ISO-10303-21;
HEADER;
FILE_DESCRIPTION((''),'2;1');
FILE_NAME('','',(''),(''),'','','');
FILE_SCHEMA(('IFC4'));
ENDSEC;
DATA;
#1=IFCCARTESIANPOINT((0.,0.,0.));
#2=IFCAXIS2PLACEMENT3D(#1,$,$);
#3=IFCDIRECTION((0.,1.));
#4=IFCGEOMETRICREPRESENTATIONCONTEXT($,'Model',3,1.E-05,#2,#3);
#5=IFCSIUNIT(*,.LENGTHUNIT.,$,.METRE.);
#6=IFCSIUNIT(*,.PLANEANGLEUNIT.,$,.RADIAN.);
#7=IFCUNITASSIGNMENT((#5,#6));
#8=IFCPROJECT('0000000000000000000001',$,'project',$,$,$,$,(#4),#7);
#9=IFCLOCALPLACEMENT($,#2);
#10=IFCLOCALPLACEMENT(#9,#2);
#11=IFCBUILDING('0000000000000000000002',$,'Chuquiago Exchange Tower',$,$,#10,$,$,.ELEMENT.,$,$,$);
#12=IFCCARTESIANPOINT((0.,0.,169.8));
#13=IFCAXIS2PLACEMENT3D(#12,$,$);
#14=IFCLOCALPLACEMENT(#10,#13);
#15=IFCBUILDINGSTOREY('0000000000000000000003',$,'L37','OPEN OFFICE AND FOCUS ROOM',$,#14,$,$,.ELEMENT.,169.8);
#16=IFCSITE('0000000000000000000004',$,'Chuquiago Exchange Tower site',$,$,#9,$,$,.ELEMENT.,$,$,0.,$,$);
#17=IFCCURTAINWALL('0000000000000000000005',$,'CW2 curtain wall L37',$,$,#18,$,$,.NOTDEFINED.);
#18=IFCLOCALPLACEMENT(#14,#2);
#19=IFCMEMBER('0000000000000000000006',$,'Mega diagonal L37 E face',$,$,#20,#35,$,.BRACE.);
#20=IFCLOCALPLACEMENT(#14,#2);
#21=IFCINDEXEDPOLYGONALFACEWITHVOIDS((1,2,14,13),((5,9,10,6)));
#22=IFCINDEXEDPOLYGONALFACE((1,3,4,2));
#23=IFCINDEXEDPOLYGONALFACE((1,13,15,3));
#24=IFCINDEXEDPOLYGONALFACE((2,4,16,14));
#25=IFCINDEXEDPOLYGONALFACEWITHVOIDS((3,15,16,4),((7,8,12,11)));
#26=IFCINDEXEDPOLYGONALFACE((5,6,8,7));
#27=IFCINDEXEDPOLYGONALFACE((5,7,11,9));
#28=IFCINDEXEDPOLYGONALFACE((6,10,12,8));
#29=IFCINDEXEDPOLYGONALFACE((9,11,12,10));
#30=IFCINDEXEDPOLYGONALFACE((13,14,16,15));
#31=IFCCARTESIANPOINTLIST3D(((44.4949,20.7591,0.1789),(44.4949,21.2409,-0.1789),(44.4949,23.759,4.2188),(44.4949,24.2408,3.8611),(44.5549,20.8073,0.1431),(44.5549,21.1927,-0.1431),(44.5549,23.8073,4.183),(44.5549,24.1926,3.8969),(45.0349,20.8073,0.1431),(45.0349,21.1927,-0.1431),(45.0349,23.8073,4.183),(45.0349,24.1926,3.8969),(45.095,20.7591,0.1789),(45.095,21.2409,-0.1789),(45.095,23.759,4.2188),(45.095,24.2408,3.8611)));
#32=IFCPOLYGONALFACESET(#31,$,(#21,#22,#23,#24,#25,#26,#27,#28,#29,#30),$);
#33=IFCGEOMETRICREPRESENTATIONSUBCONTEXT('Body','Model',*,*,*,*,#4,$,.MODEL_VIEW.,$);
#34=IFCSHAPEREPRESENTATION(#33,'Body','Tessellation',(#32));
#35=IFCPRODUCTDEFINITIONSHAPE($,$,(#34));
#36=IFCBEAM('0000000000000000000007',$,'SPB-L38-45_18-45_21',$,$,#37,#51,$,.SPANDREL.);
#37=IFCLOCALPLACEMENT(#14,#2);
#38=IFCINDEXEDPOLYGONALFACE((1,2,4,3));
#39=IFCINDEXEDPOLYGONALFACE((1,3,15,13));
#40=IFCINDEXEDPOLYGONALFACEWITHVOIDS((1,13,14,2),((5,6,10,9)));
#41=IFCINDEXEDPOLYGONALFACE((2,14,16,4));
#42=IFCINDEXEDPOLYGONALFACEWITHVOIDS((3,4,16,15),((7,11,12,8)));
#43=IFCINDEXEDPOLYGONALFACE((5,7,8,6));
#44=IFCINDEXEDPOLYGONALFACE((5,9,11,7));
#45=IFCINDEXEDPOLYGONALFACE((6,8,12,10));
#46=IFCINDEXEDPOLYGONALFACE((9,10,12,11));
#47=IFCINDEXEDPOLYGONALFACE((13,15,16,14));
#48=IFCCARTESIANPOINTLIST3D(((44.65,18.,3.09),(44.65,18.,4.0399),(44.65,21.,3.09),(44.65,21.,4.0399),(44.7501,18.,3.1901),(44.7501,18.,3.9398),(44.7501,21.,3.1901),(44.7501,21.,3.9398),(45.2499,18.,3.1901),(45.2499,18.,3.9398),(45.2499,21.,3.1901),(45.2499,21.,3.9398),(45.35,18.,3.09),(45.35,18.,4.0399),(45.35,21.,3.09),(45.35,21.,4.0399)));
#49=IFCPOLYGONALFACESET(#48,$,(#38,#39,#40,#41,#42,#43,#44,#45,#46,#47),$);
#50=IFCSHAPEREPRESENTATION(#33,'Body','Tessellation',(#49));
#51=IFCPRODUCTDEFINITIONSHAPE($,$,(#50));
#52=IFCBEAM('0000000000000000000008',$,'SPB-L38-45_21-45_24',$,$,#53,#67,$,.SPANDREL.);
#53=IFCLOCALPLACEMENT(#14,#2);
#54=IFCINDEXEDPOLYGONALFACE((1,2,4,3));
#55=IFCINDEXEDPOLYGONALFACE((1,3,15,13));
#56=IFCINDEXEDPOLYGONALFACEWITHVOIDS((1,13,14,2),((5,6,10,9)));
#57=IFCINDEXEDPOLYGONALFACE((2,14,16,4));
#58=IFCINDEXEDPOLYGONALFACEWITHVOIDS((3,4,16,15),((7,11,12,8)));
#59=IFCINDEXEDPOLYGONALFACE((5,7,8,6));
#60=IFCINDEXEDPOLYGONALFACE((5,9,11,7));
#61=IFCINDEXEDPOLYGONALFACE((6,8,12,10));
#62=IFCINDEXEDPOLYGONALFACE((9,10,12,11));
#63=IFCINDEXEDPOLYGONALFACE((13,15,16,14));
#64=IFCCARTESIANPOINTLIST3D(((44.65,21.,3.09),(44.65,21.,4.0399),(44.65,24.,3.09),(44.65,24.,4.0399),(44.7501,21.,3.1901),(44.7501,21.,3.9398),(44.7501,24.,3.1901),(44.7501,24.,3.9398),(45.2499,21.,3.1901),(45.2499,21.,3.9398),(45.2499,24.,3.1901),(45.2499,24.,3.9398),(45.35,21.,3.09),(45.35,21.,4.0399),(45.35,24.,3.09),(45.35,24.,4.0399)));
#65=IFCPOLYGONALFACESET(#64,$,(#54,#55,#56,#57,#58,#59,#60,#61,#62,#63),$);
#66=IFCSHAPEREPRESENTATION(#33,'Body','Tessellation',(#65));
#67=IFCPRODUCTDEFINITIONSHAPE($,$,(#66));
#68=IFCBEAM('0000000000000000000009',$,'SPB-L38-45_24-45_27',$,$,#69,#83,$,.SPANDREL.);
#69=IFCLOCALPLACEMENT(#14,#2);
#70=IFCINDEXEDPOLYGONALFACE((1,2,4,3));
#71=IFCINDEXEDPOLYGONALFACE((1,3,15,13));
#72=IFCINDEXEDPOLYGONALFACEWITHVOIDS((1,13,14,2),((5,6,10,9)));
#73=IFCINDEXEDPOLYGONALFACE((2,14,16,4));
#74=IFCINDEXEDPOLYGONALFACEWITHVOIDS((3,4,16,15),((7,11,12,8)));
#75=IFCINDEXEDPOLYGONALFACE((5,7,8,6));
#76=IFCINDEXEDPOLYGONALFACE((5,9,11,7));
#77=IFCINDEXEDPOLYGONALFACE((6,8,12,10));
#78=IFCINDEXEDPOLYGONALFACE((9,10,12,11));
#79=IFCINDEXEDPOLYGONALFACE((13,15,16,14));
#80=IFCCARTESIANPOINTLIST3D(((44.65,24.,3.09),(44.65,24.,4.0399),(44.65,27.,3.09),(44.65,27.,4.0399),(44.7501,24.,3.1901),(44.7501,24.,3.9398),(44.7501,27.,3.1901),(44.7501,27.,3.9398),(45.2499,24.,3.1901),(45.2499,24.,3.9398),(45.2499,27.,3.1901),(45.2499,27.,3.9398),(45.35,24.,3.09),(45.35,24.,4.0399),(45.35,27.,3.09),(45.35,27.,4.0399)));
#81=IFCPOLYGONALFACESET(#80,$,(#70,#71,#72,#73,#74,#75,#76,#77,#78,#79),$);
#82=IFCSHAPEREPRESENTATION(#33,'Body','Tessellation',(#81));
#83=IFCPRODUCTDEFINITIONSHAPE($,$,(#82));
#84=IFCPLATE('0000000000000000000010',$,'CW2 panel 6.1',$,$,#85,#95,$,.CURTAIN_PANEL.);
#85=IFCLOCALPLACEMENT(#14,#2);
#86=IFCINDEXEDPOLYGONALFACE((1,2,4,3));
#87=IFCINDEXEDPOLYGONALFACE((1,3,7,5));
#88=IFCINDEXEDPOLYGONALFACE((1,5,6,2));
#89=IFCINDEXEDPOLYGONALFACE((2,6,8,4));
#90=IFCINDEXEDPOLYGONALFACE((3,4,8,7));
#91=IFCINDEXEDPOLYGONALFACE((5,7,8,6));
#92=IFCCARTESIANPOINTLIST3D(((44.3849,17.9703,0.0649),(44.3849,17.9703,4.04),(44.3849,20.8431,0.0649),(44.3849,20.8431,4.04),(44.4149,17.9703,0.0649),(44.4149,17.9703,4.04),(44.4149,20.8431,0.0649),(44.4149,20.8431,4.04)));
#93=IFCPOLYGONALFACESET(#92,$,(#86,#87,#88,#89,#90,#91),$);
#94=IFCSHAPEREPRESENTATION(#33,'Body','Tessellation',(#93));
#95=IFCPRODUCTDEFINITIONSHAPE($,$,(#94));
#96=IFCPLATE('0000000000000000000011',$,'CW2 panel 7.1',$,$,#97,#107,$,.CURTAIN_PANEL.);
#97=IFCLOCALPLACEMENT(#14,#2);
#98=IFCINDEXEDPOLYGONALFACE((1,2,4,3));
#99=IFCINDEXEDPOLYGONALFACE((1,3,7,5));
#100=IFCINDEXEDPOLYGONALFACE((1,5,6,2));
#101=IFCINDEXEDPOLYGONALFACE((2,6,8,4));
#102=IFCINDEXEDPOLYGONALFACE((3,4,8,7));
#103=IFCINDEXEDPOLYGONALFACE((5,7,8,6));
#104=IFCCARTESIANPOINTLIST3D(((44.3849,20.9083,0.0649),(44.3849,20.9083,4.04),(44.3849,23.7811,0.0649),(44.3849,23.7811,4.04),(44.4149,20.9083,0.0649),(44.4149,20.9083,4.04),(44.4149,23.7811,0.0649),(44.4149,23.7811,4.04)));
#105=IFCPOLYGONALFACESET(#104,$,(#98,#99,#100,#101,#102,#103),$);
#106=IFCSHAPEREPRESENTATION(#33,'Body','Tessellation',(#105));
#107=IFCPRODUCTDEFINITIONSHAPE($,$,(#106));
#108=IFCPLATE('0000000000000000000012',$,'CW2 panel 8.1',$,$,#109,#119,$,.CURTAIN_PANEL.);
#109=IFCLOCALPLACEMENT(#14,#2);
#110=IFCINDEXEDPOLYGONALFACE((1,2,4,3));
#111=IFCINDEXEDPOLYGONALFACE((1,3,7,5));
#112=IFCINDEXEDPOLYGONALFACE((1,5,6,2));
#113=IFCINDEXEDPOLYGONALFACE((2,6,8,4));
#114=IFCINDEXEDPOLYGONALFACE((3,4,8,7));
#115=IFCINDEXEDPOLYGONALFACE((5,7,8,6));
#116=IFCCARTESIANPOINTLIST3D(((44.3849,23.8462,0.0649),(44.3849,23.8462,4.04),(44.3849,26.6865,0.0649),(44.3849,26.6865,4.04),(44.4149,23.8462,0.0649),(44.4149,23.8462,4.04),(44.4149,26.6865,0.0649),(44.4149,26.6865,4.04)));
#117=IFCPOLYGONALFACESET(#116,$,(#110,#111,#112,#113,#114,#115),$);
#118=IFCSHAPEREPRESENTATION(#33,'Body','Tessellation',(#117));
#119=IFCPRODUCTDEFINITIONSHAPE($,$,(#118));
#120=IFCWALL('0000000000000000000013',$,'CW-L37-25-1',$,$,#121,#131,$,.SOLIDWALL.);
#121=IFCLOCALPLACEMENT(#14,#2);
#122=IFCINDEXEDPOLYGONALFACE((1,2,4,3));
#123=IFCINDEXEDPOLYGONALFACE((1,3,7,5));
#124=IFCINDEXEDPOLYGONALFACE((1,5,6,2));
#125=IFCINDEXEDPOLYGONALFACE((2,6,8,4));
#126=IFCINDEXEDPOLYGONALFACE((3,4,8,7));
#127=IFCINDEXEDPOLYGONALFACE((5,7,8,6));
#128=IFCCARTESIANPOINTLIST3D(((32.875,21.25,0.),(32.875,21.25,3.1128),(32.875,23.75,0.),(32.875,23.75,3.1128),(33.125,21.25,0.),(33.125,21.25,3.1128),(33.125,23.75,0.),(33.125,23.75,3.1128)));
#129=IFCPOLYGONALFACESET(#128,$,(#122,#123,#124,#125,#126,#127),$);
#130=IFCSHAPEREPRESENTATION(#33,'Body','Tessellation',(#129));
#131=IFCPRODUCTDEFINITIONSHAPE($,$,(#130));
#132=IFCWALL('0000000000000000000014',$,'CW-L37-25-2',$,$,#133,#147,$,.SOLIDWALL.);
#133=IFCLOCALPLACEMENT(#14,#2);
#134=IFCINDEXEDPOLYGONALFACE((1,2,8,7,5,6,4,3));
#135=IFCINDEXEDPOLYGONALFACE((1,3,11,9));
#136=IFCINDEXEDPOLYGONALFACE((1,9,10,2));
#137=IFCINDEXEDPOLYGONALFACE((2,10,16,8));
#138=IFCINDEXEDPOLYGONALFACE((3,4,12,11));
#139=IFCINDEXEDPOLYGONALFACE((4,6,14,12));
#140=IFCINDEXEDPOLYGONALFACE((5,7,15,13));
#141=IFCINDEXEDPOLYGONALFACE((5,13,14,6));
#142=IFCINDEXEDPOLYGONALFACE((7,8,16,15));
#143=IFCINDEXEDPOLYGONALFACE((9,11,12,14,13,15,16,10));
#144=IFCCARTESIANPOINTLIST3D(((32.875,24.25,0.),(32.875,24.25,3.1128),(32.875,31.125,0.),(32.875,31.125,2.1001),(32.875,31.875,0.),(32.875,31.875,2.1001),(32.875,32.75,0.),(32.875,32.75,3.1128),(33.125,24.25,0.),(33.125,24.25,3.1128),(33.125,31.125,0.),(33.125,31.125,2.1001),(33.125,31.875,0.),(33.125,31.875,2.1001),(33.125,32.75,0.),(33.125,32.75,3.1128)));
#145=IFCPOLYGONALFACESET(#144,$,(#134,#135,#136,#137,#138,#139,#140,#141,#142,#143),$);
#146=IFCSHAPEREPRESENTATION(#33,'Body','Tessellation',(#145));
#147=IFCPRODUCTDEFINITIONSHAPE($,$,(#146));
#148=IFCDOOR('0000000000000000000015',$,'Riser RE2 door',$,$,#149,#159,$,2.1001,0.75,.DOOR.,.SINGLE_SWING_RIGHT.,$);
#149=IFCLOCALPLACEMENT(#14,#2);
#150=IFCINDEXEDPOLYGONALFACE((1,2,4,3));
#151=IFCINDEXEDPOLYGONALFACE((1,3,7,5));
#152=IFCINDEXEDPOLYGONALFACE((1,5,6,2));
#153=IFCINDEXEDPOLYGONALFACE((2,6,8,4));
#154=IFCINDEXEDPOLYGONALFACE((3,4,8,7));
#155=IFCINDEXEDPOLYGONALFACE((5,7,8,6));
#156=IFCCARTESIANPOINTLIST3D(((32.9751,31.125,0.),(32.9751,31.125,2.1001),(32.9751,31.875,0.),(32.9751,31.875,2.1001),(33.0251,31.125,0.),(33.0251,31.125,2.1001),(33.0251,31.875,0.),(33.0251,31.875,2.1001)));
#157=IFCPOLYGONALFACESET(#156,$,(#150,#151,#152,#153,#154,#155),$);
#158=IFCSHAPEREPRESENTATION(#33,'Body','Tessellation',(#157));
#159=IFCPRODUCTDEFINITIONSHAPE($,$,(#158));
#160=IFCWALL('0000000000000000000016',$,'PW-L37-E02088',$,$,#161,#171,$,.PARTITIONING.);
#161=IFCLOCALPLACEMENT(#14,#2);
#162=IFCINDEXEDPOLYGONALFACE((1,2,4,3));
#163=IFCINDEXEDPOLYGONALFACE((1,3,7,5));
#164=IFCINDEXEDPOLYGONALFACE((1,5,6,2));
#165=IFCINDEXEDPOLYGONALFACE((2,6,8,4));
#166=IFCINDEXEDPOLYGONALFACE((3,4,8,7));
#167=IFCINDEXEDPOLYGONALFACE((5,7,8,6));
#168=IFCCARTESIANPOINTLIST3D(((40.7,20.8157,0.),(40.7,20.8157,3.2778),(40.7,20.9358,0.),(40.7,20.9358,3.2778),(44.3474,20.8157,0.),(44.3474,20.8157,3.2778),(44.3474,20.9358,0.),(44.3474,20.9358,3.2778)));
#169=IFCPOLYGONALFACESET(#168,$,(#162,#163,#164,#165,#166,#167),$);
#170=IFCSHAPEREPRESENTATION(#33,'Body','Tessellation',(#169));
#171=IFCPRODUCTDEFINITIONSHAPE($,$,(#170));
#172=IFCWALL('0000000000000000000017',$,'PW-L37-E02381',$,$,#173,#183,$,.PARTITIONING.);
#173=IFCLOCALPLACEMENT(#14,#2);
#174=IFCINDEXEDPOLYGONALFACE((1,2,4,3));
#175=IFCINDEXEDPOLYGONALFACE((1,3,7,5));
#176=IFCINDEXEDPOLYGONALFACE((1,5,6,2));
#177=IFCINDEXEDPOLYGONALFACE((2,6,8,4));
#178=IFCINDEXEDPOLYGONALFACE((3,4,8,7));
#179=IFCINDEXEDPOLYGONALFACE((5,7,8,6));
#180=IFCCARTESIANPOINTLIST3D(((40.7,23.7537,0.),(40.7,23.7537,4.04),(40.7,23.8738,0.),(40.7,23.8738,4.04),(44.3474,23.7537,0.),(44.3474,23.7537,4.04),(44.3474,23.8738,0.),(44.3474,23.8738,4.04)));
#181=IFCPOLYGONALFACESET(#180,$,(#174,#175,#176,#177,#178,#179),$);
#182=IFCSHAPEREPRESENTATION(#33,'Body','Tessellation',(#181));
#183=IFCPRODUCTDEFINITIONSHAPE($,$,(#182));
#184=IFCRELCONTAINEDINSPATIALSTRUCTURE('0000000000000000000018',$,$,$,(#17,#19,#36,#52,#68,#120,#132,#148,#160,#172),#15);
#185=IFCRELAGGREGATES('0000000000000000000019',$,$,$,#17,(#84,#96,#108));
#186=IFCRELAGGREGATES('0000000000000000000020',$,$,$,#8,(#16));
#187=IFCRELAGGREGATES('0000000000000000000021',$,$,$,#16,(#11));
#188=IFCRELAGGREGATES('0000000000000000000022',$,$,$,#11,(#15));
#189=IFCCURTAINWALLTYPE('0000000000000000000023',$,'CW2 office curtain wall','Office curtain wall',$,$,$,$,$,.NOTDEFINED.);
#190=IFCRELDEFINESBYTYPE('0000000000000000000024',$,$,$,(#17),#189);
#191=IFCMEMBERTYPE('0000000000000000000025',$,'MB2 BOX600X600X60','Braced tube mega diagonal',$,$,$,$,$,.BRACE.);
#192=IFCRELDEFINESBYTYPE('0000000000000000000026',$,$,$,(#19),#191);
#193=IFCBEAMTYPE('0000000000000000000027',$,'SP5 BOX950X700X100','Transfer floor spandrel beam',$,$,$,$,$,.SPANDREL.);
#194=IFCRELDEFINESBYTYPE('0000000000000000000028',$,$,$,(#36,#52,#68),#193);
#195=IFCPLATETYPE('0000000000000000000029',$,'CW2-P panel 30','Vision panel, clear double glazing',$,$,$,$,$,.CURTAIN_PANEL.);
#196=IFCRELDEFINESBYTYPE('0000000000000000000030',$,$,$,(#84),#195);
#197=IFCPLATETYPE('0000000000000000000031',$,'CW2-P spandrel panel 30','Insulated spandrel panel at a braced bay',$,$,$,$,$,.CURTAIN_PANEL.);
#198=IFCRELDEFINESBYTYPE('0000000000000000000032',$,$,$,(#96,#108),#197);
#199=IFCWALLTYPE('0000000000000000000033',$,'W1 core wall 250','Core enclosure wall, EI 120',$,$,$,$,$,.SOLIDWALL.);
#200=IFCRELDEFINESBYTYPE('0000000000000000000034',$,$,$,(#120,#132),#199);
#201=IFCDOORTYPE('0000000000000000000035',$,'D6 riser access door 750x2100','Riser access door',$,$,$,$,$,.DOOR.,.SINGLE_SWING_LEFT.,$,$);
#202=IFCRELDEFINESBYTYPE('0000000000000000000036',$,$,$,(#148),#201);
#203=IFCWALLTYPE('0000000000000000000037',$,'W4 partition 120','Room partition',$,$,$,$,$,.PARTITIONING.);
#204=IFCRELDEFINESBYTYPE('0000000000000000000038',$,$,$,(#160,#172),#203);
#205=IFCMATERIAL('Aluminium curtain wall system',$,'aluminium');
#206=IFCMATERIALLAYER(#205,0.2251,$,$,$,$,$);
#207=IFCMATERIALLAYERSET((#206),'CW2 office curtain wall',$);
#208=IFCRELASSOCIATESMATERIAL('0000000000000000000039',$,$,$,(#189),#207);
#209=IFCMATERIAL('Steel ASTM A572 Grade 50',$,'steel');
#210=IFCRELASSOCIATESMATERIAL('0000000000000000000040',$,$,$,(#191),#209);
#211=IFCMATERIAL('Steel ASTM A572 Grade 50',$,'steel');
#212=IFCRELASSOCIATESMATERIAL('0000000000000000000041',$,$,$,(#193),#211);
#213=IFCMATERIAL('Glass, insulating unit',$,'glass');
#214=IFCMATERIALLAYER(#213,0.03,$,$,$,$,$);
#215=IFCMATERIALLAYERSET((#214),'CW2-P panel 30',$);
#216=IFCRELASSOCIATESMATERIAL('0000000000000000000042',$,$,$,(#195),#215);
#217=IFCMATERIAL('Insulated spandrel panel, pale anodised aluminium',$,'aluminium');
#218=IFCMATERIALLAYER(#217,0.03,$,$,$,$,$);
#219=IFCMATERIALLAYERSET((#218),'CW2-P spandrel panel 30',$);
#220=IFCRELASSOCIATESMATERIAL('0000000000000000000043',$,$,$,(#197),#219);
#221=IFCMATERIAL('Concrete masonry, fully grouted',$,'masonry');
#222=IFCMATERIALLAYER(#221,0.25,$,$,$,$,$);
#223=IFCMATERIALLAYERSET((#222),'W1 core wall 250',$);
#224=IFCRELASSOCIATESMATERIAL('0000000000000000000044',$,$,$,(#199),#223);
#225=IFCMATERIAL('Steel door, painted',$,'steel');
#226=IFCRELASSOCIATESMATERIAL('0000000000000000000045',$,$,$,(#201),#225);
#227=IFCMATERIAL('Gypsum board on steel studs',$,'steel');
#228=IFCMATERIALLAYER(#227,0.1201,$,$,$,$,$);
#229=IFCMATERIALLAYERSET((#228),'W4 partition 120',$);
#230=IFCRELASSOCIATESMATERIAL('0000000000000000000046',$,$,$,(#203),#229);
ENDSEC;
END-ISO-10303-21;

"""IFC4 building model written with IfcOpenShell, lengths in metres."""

from ifc_helpers import new_model, si_unit, direction, frame, frame_2d, origin, origin_2d, place, context, subcontext, project, spatial, rectangle, hollow_rectangle, extrude, material, layer, layer_set, material_profile, profile_set, type_object, element, fill, aggregate, save


model = new_model("IFC4")

# Units and contexts
model_context = context("Model", 3, precision=1e-05, world=origin(), true_north=direction((0.0, 1.0)))
body_context = subcontext(model_context, "Body", "Model", "MODEL_VIEW")
ifc_project = project(units=[si_unit("LENGTHUNIT", "METRE"), si_unit("PLANEANGLEUNIT", "RADIAN")], contexts=[model_context])

# Site, building, storey
site_placement = place(None, origin())
site = spatial("IfcSite", under=ifc_project, at=site_placement, Name="Chuquiago Exchange Tower site", CompositionType="ELEMENT", RefElevation=0.0)
building_placement = place(site_placement, origin())
building = spatial("IfcBuilding", under=site, at=building_placement, Name="Chuquiago Exchange Tower", CompositionType="ELEMENT")
storey_placement = place(building_placement, frame((0.0, 0.0, 169.8)))
storey = spatial("IfcBuildingStorey", under=building, at=storey_placement, Name="L37", Description="OPEN OFFICE AND FOCUS ROOM", CompositionType="ELEMENT", Elevation=169.8)

# Curtain wall
ifc_material_1 = material(Name="Aluminium curtain wall system", Category="aluminium")
ifc_layer_1 = layer(ifc_material_1, 0.2251)
ifc_layer_set_1 = layer_set([ifc_layer_1], Name="CW2 office curtain wall")
curtain_wall_type_1 = type_object("IfcCurtainWallType", Name="CW2 office curtain wall", Description="Office curtain wall", PredefinedType="NOTDEFINED", material=ifc_layer_set_1)
curtain_wall_1_placement = place(storey_placement, origin())
curtain_wall_1 = element("IfcCurtainWall", 1, at=curtain_wall_1_placement, inside=storey, type_object=curtain_wall_type_1, Name="CW2 curtain wall L37", PredefinedType="NOTDEFINED")

# Member
ifc_material_2 = material(Name="Steel ASTM A572 Grade 50", Category="steel")
ifc_material_profile_1 = material_profile(ifc_material_2, hollow_rectangle(XDim=0.6001, YDim=0.6001, WallThickness=0.0601, at=origin_2d()), Name="BOX600X600X60")
ifc_profile_set_1 = profile_set([ifc_material_profile_1], Name="Steel ASTM A572 Grade 50")
member_type_1 = type_object("IfcMemberType", Name="MB2 BOX600X600X60", Description="Braced tube mega diagonal", PredefinedType="BRACE", material=ifc_profile_set_1)
member_1_placement = place(storey_placement, frame((44.7949, 21.0, 0.0), z_axis=(0.0, 0.596174, 0.802855), x_axis=(-1.0, 0.0, 0.0)))
element("IfcMember", 2, at=member_1_placement, inside=storey, type_object=member_type_1, Name="Mega diagonal L37 E face", PredefinedType="BRACE", context=body_context, shape_type="SweptSolid", body=[
    extrude(hollow_rectangle(XDim=0.6001, YDim=0.6001, WallThickness=0.0601, at=origin_2d()), origin(), (0.0, 0.0, 1.0), 5.032),
])

# Beams
ifc_material_3 = material(Name="Steel ASTM A572 Grade 50", Category="steel")
ifc_material_profile_2 = material_profile(ifc_material_3, hollow_rectangle(XDim=0.7, YDim=0.95, WallThickness=0.1001, at=origin_2d()), Name="BOX950X700X100")
ifc_profile_set_2 = profile_set([ifc_material_profile_2], Name="Steel ASTM A572 Grade 50")
beam_type_1 = type_object("IfcBeamType", Name="SP5 BOX950X700X100", Description="Transfer floor spandrel beam", PredefinedType="SPANDREL", material=ifc_profile_set_2)
for number, where, z_axis, x_axis, name in (
    (3, (45.0, 18.0, 3.5649), (0.0, 1.0, 0.0), (-1.0, 0.0, 0.0), "SPB-L38-45_18-45_21"),
    (4, (45.0, 21.0, 3.5649), (0.0, 1.0, 0.0), (-1.0, 0.0, 0.0), "SPB-L38-45_21-45_24"),
    (5, (45.0, 24.0, 3.5649), (0.0, 1.0, 0.0), (-1.0, 0.0, 0.0), "SPB-L38-45_24-45_27"),
):
    element("IfcBeam", number, at=place(storey_placement, frame(where, z_axis=z_axis, x_axis=x_axis)), inside=storey, type_object=beam_type_1, Name=name, PredefinedType="SPANDREL", context=body_context, shape_type="SweptSolid", body=[
        extrude(hollow_rectangle(XDim=0.7, YDim=0.95, WallThickness=0.1001, at=origin_2d()), origin(), (0.0, 0.0, 1.0), 3.0),
    ])

# Plates
ifc_material_4 = material(Name="Glass, insulating unit", Category="glass")
ifc_layer_2 = layer(ifc_material_4, 0.03)
ifc_layer_set_2 = layer_set([ifc_layer_2], Name="CW2-P panel 30")
plate_type_1 = type_object("IfcPlateType", Name="CW2-P panel 30", Description="Vision panel, clear double glazing", PredefinedType="CURTAIN_PANEL", material=ifc_layer_set_2)
plate_1_placement = place(storey_placement, frame((44.3999, 19.4067, 0.0649), z_axis=(0.0, 0.0, 1.0), x_axis=(0.0, 1.0, 0.0)))
plate_1 = element("IfcPlate", 6, at=plate_1_placement, type_object=plate_type_1, Name="CW2 panel 6.1", PredefinedType="CURTAIN_PANEL", context=body_context, shape_type="SweptSolid", body=[
    extrude(rectangle(XDim=2.8728, YDim=0.03, at=origin_2d()), origin(), (0.0, 0.0, 1.0), 3.9751),
])
ifc_material_5 = material(Name="Insulated spandrel panel, pale anodised aluminium", Category="aluminium")
ifc_layer_3 = layer(ifc_material_5, 0.03)
ifc_layer_set_3 = layer_set([ifc_layer_3], Name="CW2-P spandrel panel 30")
plate_type_2 = type_object("IfcPlateType", Name="CW2-P spandrel panel 30", Description="Insulated spandrel panel at a braced bay", PredefinedType="CURTAIN_PANEL", material=ifc_layer_set_3)
plate_2_placement = place(storey_placement, frame((44.3999, 22.3447, 0.0649), z_axis=(0.0, 0.0, 1.0), x_axis=(0.0, 1.0, 0.0)))
plate_2 = element("IfcPlate", 7, at=plate_2_placement, type_object=plate_type_2, Name="CW2 panel 7.1", PredefinedType="CURTAIN_PANEL", context=body_context, shape_type="SweptSolid", body=[
    extrude(rectangle(XDim=2.8728, YDim=0.03, at=origin_2d()), origin(), (0.0, 0.0, 1.0), 3.9751),
])
plate_3_placement = place(storey_placement, frame((44.3999, 25.2664, 0.0649), z_axis=(0.0, 0.0, 1.0), x_axis=(0.0, 1.0, 0.0)))
plate_3 = element("IfcPlate", 8, at=plate_3_placement, type_object=plate_type_2, Name="CW2 panel 8.1", PredefinedType="CURTAIN_PANEL", context=body_context, shape_type="SweptSolid", body=[
    extrude(rectangle(XDim=2.8403, YDim=0.03, at=origin_2d()), origin(), (0.0, 0.0, 1.0), 3.9751),
])
aggregate(curtain_wall_1, [plate_1, plate_2, plate_3])

# Wall
ifc_material_6 = material(Name="Concrete masonry, fully grouted", Category="masonry")
ifc_layer_4 = layer(ifc_material_6, 0.25)
ifc_layer_set_4 = layer_set([ifc_layer_4], Name="W1 core wall 250")
wall_type_1 = type_object("IfcWallType", Name="W1 core wall 250", Description="Core enclosure wall, EI 120", PredefinedType="SOLIDWALL", material=ifc_layer_set_4)
wall_1_placement = place(storey_placement, frame((33.0, 21.25, 0.0), z_axis=(0.0, 0.0, 1.0), x_axis=(0.0, 1.0, 0.0)))
element("IfcWall", 9, at=wall_1_placement, inside=storey, type_object=wall_type_1, Name="CW-L37-25-1", PredefinedType="SOLIDWALL", context=body_context, shape_type="SweptSolid", body=[
    extrude(rectangle(XDim=2.5, YDim=0.25, at=frame_2d((1.25, 0.0))), origin(), (0.0, 0.0, 1.0), 3.1128),
])

# Wall, opening, door
wall_2_placement = place(storey_placement, frame((33.0, 24.25, 0.0), z_axis=(0.0, 0.0, 1.0), x_axis=(0.0, 1.0, 0.0)))
wall_2 = element("IfcWall", 10, at=wall_2_placement, inside=storey, type_object=wall_type_1, Name="CW-L37-25-2", PredefinedType="SOLIDWALL", context=body_context, shape_type="SweptSolid", body=[
    extrude(rectangle(XDim=8.5, YDim=0.25, at=frame_2d((4.25, 0.0))), origin(), (0.0, 0.0, 1.0), 3.1128),
])
opening_1_placement = place(wall_2_placement, frame((6.875, 0.0, 0.0)))
opening_1 = element("IfcOpeningElement", 11, at=opening_1_placement, cuts=wall_2, PredefinedType="OPENING", context=body_context, shape_type="SweptSolid", body=[
    extrude(rectangle(XDim=0.75, YDim=2.1001, at=frame_2d((0.375, 1.05))), frame((0.0, 0.135, 0.0), z_axis=(0.0, -1.0, 0.0), x_axis=(1.0, 0.0, 0.0)), (0.0, 0.0, 1.0), 0.27),
])
ifc_material_7 = material(Name="Steel door, painted", Category="steel")
door_type_1 = type_object("IfcDoorType", Name="D6 riser access door 750x2100", Description="Riser access door", OperationType="SINGLE_SWING_LEFT", PredefinedType="DOOR", material=ifc_material_7)
door_1_placement = place(opening_1_placement, origin())
door_1 = element("IfcDoor", 12, at=door_1_placement, inside=storey, type_object=door_type_1, Name="Riser RE2 door", OperationType="SINGLE_SWING_RIGHT", OverallHeight=2.1001, OverallWidth=0.75, PredefinedType="DOOR", context=body_context, shape_type="SweptSolid", body=[
    extrude(rectangle(XDim=0.75, YDim=2.1001, at=frame_2d((0.375, 1.05))), frame((0.0, 0.0249, 0.0), z_axis=(0.0, -1.0, 0.0), x_axis=(1.0, 0.0, 0.0)), (0.0, 0.0, 1.0), 0.05),
])
fill(opening_1, door_1)

# Walls
ifc_material_8 = material(Name="Gypsum board on steel studs", Category="steel")
ifc_layer_5 = layer(ifc_material_8, 0.1201)
ifc_layer_set_5 = layer_set([ifc_layer_5], Name="W4 partition 120")
wall_type_2 = type_object("IfcWallType", Name="W4 partition 120", Description="Room partition", PredefinedType="PARTITIONING", material=ifc_layer_set_5)
wall_3_placement = place(storey_placement, frame((44.3474, 20.8757, 0.0), z_axis=(0.0, 0.0, 1.0), x_axis=(-1.0, 0.0, 0.0)))
element("IfcWall", 13, at=wall_3_placement, inside=storey, type_object=wall_type_2, Name="PW-L37-E02088", PredefinedType="PARTITIONING", context=body_context, shape_type="SweptSolid", body=[
    extrude(rectangle(XDim=3.6475, YDim=0.1201, at=frame_2d((1.8237, 0.0))), origin(), (0.0, 0.0, 1.0), 3.2778),
])
wall_4_placement = place(storey_placement, frame((44.3474, 23.8137, 0.0), z_axis=(0.0, 0.0, 1.0), x_axis=(-1.0, 0.0, 0.0)))
element("IfcWall", 14, at=wall_4_placement, inside=storey, type_object=wall_type_2, Name="PW-L37-E02381", PredefinedType="PARTITIONING", context=body_context, shape_type="SweptSolid", body=[
    extrude(rectangle(XDim=3.6475, YDim=0.1201, at=frame_2d((1.8237, 0.0))), origin(), (0.0, 0.0, 1.0), 4.04),
])

save(model, "model.ifc")
